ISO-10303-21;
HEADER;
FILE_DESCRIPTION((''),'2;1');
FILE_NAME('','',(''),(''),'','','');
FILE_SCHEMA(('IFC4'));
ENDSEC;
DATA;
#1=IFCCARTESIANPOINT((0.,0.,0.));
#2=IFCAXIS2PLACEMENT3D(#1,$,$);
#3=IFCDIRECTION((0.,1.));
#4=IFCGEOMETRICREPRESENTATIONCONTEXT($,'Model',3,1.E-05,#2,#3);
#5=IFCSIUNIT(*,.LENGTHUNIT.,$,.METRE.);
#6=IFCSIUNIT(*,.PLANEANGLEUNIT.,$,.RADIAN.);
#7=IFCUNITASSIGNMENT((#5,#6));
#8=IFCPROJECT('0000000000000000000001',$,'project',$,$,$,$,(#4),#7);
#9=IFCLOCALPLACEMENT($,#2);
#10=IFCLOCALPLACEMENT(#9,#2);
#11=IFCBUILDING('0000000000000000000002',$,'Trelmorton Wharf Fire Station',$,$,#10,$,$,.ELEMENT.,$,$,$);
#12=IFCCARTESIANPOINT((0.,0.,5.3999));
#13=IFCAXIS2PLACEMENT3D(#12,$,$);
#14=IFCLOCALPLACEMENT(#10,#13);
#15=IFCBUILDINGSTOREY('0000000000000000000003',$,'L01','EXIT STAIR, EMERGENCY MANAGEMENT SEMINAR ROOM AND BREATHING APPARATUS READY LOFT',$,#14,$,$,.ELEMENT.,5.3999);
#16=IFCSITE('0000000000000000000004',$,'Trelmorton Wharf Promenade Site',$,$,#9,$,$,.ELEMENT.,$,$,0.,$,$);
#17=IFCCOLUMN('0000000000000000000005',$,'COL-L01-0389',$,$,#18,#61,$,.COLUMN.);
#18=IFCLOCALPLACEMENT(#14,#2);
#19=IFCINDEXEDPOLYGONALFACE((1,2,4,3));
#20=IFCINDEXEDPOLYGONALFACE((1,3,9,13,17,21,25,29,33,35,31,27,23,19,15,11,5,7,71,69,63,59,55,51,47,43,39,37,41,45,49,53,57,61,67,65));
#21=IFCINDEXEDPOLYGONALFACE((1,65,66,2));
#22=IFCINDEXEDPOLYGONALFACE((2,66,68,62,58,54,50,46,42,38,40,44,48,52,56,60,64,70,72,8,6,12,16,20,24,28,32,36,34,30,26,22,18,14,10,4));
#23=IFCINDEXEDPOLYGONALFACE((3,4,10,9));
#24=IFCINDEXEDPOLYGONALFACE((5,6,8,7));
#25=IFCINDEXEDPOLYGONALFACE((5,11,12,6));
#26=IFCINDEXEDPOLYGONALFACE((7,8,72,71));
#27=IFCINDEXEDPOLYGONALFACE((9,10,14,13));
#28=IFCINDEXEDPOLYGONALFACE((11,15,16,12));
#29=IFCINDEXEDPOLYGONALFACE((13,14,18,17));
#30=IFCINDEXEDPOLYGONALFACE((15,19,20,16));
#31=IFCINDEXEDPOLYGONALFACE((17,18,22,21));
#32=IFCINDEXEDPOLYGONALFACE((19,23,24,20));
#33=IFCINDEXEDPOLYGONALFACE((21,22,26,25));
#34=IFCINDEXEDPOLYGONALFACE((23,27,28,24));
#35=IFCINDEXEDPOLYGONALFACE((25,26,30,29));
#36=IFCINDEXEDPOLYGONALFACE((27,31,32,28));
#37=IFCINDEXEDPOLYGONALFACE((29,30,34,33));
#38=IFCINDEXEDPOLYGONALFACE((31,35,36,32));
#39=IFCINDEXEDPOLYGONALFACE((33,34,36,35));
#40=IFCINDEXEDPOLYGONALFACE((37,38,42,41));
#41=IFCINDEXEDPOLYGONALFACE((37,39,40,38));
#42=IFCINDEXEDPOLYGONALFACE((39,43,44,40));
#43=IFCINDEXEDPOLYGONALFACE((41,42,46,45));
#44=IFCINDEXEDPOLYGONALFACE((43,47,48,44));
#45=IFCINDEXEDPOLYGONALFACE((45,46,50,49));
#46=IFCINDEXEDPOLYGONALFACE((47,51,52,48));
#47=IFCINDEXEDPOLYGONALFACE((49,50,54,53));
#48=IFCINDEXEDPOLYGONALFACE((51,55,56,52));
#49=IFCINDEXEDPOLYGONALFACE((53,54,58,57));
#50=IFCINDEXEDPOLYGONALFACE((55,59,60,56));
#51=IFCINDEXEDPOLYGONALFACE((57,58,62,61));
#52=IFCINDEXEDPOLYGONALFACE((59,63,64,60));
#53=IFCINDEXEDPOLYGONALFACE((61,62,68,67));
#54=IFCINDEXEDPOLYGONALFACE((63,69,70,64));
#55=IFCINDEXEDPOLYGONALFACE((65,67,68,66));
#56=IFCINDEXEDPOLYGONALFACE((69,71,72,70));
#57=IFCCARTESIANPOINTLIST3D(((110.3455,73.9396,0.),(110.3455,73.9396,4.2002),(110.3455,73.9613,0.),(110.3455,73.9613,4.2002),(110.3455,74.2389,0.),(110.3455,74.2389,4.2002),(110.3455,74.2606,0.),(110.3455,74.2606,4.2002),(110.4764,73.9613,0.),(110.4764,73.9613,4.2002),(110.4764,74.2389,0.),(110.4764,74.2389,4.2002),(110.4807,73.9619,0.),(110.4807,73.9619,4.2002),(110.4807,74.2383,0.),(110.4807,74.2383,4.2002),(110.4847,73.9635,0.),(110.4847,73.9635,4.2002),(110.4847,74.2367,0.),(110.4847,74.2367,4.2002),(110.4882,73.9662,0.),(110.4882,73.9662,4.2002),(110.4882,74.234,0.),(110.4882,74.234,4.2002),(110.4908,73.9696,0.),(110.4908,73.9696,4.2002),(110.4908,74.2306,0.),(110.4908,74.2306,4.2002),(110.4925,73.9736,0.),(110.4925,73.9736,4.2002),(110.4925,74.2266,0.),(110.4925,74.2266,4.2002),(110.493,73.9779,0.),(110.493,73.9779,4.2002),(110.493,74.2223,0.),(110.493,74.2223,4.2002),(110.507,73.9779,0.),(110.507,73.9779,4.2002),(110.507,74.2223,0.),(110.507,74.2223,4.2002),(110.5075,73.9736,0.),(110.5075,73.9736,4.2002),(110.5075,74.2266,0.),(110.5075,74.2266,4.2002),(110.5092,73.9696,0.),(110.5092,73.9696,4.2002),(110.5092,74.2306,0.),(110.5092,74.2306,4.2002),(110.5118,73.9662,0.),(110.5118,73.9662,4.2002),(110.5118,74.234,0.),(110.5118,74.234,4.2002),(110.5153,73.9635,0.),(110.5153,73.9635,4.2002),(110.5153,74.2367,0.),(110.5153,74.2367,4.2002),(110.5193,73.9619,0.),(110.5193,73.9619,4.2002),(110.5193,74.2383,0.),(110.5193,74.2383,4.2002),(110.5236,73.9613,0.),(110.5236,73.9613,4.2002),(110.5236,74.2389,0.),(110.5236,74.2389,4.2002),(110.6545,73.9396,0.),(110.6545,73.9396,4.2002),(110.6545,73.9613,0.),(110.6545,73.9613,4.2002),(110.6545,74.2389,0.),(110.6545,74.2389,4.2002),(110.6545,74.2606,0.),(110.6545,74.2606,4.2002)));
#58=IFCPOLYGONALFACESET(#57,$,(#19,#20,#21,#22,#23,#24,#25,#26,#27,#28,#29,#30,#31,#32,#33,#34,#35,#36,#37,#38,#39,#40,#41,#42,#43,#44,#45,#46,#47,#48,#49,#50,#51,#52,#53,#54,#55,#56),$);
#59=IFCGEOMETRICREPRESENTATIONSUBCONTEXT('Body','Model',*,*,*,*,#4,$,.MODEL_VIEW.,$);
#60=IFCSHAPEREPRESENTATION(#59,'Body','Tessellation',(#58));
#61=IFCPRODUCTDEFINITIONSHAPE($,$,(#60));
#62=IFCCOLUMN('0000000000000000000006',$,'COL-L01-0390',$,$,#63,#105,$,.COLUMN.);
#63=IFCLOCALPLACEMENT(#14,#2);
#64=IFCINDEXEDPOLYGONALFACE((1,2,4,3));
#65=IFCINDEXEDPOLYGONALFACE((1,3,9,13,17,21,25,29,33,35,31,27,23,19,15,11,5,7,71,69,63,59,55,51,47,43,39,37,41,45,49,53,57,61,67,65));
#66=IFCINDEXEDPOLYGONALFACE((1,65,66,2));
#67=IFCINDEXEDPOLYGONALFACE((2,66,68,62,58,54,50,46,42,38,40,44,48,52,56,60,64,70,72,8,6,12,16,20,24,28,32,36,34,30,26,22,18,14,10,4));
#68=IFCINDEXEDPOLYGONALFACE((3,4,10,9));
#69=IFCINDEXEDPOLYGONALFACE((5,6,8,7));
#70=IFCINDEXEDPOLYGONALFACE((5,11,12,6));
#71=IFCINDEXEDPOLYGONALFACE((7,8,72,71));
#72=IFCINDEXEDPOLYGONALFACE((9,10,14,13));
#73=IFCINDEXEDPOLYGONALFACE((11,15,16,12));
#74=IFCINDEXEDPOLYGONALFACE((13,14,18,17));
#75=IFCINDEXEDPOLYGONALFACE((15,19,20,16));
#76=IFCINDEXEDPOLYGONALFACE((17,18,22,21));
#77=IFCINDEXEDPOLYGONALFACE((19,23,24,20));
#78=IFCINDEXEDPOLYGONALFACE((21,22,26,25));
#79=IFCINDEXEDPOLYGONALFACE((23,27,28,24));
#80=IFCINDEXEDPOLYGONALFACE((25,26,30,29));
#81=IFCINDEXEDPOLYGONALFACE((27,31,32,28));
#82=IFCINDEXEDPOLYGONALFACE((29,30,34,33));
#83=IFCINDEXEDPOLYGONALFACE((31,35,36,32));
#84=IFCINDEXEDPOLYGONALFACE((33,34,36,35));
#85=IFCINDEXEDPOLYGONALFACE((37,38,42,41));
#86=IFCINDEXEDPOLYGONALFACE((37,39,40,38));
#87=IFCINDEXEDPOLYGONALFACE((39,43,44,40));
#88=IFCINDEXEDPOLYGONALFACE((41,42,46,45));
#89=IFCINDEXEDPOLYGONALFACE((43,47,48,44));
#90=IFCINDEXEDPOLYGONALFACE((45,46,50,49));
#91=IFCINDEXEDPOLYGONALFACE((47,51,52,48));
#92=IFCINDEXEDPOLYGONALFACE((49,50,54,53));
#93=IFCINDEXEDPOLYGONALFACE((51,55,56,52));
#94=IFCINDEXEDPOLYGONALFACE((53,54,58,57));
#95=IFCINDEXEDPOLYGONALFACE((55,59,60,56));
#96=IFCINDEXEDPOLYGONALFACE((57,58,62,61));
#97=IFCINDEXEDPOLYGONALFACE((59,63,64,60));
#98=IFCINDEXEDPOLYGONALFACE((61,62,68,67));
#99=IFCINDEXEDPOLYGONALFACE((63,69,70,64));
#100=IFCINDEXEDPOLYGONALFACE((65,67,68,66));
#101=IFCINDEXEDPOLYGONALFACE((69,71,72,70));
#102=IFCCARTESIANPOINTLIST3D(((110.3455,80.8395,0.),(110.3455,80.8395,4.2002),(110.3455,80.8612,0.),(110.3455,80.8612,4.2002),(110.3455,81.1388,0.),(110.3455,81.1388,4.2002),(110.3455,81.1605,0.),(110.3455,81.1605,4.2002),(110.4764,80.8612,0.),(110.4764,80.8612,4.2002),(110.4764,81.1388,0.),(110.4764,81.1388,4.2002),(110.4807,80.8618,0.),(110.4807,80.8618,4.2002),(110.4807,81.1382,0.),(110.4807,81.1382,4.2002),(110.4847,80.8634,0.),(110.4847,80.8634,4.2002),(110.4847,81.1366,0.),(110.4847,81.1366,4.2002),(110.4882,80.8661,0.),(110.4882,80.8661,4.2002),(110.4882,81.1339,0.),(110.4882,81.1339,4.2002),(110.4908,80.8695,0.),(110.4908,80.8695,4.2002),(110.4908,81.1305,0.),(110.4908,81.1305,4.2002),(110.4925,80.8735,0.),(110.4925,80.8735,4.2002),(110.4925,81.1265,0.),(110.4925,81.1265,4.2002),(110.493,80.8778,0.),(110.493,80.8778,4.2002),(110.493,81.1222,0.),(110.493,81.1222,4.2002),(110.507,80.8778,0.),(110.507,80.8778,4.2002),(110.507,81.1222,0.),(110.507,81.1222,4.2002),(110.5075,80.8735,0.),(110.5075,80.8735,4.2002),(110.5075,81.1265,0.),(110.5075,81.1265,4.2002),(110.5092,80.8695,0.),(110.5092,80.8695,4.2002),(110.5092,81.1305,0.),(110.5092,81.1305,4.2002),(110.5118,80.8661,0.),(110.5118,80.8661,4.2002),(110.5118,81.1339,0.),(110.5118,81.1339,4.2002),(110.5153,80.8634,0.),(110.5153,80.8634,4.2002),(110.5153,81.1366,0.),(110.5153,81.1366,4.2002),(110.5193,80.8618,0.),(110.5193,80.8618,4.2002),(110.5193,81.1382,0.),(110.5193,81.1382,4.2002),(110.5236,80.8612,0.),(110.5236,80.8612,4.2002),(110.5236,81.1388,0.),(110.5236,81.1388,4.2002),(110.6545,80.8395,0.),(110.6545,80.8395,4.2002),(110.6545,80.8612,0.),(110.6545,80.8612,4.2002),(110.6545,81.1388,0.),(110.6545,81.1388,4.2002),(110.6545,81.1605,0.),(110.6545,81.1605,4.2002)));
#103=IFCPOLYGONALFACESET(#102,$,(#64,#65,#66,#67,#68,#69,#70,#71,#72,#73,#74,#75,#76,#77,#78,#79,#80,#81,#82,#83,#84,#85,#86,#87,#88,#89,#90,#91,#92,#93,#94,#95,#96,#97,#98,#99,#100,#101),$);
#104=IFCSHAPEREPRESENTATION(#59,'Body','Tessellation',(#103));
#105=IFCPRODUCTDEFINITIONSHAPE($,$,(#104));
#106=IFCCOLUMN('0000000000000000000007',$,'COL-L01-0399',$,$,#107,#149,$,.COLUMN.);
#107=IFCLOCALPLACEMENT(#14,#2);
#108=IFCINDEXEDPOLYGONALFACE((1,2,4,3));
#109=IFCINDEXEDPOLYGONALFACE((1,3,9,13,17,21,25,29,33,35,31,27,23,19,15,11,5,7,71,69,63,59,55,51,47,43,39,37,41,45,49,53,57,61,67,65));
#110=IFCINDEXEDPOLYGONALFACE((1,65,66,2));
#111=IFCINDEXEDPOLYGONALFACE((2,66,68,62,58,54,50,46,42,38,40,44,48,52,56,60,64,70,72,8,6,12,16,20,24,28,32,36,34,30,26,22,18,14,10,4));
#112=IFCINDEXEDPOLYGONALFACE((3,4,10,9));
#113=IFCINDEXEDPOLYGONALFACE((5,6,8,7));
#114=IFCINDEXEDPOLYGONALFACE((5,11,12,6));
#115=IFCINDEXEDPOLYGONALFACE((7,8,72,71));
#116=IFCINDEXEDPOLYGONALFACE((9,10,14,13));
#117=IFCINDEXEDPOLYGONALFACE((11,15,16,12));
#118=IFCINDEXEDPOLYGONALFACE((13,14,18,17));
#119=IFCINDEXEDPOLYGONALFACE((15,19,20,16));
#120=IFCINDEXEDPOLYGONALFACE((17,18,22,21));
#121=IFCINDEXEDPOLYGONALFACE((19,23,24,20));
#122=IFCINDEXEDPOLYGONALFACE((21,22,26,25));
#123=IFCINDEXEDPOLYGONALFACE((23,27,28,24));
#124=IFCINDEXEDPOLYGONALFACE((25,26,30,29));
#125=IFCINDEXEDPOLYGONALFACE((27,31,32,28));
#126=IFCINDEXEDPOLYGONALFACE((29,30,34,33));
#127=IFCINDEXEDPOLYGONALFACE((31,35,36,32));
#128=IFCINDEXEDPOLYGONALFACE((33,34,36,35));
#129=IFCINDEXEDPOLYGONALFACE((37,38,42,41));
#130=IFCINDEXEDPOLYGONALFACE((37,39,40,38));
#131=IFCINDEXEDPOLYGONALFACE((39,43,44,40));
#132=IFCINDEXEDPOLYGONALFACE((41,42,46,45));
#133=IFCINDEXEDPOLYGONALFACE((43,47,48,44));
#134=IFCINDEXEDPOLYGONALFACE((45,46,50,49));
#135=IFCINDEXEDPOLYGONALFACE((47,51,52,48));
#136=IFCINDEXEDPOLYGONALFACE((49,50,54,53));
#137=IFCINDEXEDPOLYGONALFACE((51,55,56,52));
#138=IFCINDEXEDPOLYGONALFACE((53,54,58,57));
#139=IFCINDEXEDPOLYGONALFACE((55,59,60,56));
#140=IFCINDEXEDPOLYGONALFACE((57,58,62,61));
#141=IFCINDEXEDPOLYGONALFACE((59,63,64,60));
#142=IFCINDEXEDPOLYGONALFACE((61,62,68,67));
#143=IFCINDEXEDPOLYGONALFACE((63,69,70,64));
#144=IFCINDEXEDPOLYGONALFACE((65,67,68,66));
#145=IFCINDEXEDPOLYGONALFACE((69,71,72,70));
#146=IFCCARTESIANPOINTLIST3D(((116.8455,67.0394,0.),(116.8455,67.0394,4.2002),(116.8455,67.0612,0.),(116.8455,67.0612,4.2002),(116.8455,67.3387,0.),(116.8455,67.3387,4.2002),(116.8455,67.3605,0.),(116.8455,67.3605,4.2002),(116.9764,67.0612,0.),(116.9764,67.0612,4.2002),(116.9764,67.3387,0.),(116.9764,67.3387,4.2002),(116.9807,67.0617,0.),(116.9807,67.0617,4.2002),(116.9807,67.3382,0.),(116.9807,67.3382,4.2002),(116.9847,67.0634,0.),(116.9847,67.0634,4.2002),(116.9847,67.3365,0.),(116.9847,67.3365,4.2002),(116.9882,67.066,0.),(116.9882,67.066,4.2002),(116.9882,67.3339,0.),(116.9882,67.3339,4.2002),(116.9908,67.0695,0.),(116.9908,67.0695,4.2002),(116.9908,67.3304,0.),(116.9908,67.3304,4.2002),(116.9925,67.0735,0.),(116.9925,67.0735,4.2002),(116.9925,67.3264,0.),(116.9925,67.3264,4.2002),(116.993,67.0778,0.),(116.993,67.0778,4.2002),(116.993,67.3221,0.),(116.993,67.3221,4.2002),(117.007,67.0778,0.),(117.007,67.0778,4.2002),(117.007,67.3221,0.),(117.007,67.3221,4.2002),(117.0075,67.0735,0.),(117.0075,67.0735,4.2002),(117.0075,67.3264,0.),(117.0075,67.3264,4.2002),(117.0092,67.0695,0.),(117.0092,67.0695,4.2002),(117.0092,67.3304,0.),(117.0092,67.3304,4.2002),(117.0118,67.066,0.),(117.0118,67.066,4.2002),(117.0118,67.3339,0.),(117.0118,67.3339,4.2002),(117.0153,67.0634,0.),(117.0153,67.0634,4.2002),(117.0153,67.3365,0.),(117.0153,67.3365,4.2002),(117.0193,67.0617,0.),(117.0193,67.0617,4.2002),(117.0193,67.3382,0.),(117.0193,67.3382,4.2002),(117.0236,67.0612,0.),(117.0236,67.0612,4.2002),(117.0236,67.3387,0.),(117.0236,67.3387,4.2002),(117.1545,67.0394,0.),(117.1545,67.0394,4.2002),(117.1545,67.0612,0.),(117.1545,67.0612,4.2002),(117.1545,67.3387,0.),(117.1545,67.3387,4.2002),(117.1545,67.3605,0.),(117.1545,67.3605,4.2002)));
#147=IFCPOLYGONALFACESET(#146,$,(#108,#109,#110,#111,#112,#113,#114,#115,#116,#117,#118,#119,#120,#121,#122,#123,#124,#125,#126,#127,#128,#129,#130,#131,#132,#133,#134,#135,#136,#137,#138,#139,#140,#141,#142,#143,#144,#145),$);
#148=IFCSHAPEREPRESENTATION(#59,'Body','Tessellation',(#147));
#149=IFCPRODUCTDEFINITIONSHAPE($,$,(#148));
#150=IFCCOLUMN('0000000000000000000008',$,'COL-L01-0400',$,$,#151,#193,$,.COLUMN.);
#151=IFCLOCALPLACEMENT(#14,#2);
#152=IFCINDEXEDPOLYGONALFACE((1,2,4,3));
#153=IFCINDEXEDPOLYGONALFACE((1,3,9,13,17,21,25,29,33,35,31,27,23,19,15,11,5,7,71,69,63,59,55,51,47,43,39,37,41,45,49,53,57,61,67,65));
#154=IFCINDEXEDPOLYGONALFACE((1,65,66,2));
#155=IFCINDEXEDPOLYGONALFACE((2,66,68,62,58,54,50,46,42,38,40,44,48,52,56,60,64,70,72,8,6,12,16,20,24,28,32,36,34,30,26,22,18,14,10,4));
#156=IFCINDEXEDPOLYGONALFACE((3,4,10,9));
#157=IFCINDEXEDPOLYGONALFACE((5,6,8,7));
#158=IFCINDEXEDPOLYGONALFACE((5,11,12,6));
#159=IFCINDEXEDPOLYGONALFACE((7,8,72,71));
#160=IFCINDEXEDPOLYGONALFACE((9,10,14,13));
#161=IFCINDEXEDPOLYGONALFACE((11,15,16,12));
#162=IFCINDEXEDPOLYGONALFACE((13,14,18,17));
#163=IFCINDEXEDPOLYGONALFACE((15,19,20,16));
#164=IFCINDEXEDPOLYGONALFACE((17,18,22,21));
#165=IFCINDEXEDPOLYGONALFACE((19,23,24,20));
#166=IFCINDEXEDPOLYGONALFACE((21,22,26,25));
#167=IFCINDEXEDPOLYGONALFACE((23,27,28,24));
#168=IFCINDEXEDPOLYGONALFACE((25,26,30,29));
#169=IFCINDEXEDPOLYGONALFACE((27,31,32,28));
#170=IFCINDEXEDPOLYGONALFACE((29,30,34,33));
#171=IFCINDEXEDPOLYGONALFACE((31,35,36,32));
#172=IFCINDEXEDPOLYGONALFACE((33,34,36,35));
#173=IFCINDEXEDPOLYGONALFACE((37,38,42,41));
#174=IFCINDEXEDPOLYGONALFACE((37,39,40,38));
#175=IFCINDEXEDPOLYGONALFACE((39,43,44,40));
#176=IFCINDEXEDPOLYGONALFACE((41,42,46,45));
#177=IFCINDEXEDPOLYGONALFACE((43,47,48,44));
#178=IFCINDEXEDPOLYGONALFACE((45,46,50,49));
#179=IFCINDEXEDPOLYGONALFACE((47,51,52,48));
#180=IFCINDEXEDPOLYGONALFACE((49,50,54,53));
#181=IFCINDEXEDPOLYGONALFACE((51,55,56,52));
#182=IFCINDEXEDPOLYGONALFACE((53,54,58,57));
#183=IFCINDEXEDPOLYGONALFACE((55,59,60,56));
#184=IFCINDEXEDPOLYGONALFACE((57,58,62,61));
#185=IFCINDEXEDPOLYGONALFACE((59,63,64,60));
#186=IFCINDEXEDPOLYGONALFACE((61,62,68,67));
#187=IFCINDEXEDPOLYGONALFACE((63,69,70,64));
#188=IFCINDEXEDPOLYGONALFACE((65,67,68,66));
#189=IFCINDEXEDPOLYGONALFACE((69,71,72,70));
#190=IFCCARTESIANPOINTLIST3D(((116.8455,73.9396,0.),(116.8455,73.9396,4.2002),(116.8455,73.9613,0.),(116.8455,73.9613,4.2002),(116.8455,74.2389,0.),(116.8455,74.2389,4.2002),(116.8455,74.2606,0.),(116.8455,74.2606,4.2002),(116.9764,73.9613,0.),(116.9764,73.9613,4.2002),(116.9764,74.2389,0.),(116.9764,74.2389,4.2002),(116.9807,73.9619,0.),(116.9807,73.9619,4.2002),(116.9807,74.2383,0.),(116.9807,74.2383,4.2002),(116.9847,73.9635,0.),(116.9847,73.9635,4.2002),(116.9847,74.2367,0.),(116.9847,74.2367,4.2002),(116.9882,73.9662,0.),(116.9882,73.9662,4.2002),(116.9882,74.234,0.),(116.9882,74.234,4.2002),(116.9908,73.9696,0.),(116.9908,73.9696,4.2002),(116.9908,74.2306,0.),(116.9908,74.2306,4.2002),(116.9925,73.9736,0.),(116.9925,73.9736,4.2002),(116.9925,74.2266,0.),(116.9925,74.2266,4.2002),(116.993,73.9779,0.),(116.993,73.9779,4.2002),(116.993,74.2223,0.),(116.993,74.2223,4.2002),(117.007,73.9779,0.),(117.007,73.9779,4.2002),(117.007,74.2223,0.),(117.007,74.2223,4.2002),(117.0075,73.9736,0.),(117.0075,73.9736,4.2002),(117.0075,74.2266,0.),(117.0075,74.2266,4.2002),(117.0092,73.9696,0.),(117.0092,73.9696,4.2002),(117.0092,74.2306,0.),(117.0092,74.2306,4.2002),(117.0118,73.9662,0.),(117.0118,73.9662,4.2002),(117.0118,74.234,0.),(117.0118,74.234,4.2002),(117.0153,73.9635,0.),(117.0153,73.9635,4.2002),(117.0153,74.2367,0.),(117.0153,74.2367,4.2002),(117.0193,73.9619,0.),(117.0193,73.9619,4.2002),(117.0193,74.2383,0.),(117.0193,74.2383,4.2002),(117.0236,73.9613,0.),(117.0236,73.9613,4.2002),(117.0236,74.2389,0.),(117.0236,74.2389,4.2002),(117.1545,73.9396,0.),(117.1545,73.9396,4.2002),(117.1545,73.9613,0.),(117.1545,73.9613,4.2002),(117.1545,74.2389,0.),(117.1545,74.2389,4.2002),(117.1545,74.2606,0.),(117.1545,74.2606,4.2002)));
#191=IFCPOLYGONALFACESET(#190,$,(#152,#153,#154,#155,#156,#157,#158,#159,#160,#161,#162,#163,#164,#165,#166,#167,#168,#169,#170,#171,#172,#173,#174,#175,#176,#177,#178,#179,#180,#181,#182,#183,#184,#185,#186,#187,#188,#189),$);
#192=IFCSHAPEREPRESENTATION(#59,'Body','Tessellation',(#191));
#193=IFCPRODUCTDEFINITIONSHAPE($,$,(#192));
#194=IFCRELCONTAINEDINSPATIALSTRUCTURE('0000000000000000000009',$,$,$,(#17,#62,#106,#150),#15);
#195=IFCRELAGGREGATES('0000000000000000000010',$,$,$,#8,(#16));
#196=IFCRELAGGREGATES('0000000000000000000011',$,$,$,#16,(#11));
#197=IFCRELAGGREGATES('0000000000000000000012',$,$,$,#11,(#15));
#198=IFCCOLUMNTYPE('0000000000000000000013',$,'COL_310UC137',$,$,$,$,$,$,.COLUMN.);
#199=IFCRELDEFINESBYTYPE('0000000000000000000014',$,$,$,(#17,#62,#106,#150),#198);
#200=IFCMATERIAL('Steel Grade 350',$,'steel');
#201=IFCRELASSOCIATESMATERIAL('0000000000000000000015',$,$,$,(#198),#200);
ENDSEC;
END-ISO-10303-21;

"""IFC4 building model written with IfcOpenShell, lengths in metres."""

from ifc_helpers import new_model, si_unit, direction, frame, origin, origin_2d, place, context, subcontext, project, spatial, i_section, extrude, material, material_profile, profile_set, type_object, element, save


model = new_model("IFC4")

# Units and contexts
model_context = context("Model", 3, precision=1e-05, world=origin(), true_north=direction((0.0, 1.0)))
body_context = subcontext(model_context, "Body", "Model", "MODEL_VIEW")
ifc_project = project(units=[si_unit("LENGTHUNIT", "METRE"), si_unit("PLANEANGLEUNIT", "RADIAN")], contexts=[model_context])

# Site, building, storey
site_placement = place(None, origin())
site = spatial("IfcSite", under=ifc_project, at=site_placement, Name="Trelmorton Wharf Promenade Site", CompositionType="ELEMENT", RefElevation=0.0)
building_placement = place(site_placement, origin())
building = spatial("IfcBuilding", under=site, at=building_placement, Name="Trelmorton Wharf Fire Station", CompositionType="ELEMENT")
storey_placement = place(building_placement, frame((0.0, 0.0, 5.3999)))
storey = spatial("IfcBuildingStorey", under=building, at=storey_placement, Name="L01", Description="EXIT STAIR, EMERGENCY MANAGEMENT SEMINAR ROOM AND BREATHING APPARATUS READY LOFT", CompositionType="ELEMENT", Elevation=5.3999)

# Columns
ifc_material_1 = material(Name="Steel Grade 350", Category="steel")
ifc_material_profile_1 = material_profile(ifc_material_1, i_section(OverallWidth=0.3091, OverallDepth=0.321, WebThickness=0.0139, FlangeThickness=0.0217, FilletRadius=0.0166, at=origin_2d()), Name="310UC137")
ifc_profile_set_1 = profile_set([ifc_material_profile_1], Name="Steel Grade 350")
column_type_1 = type_object("IfcColumnType", Name="COL_310UC137", PredefinedType="COLUMN", material=ifc_profile_set_1)
for number, where, z_axis, x_axis, name in (
    (1, (110.5, 74.1001, 0.0), (0.0, 0.0, 1.0), (1.0, 0.0, 0.0), "COL-L01-0389"),
    (2, (110.5, 81.0, 0.0), (0.0, 0.0, 1.0), (1.0, 0.0, 0.0), "COL-L01-0390"),
    (3, (117.0, 67.2, 0.0), (0.0, 0.0, 1.0), (1.0, 0.0, 0.0), "COL-L01-0399"),
    (4, (117.0, 74.1001, 0.0), (0.0, 0.0, 1.0), (1.0, 0.0, 0.0), "COL-L01-0400"),
):
    element("IfcColumn", number, at=place(storey_placement, frame(where, z_axis=z_axis, x_axis=x_axis)), inside=storey, type_object=column_type_1, Name=name, PredefinedType="COLUMN", context=body_context, shape_type="SweptSolid", body=[
        extrude(i_section(OverallWidth=0.3091, OverallDepth=0.321, WebThickness=0.0139, FlangeThickness=0.0217, FilletRadius=0.0166, at=origin_2d()), origin(), (0.0, 0.0, 1.0), 4.2002),
    ])

save(model, "model.ifc")
